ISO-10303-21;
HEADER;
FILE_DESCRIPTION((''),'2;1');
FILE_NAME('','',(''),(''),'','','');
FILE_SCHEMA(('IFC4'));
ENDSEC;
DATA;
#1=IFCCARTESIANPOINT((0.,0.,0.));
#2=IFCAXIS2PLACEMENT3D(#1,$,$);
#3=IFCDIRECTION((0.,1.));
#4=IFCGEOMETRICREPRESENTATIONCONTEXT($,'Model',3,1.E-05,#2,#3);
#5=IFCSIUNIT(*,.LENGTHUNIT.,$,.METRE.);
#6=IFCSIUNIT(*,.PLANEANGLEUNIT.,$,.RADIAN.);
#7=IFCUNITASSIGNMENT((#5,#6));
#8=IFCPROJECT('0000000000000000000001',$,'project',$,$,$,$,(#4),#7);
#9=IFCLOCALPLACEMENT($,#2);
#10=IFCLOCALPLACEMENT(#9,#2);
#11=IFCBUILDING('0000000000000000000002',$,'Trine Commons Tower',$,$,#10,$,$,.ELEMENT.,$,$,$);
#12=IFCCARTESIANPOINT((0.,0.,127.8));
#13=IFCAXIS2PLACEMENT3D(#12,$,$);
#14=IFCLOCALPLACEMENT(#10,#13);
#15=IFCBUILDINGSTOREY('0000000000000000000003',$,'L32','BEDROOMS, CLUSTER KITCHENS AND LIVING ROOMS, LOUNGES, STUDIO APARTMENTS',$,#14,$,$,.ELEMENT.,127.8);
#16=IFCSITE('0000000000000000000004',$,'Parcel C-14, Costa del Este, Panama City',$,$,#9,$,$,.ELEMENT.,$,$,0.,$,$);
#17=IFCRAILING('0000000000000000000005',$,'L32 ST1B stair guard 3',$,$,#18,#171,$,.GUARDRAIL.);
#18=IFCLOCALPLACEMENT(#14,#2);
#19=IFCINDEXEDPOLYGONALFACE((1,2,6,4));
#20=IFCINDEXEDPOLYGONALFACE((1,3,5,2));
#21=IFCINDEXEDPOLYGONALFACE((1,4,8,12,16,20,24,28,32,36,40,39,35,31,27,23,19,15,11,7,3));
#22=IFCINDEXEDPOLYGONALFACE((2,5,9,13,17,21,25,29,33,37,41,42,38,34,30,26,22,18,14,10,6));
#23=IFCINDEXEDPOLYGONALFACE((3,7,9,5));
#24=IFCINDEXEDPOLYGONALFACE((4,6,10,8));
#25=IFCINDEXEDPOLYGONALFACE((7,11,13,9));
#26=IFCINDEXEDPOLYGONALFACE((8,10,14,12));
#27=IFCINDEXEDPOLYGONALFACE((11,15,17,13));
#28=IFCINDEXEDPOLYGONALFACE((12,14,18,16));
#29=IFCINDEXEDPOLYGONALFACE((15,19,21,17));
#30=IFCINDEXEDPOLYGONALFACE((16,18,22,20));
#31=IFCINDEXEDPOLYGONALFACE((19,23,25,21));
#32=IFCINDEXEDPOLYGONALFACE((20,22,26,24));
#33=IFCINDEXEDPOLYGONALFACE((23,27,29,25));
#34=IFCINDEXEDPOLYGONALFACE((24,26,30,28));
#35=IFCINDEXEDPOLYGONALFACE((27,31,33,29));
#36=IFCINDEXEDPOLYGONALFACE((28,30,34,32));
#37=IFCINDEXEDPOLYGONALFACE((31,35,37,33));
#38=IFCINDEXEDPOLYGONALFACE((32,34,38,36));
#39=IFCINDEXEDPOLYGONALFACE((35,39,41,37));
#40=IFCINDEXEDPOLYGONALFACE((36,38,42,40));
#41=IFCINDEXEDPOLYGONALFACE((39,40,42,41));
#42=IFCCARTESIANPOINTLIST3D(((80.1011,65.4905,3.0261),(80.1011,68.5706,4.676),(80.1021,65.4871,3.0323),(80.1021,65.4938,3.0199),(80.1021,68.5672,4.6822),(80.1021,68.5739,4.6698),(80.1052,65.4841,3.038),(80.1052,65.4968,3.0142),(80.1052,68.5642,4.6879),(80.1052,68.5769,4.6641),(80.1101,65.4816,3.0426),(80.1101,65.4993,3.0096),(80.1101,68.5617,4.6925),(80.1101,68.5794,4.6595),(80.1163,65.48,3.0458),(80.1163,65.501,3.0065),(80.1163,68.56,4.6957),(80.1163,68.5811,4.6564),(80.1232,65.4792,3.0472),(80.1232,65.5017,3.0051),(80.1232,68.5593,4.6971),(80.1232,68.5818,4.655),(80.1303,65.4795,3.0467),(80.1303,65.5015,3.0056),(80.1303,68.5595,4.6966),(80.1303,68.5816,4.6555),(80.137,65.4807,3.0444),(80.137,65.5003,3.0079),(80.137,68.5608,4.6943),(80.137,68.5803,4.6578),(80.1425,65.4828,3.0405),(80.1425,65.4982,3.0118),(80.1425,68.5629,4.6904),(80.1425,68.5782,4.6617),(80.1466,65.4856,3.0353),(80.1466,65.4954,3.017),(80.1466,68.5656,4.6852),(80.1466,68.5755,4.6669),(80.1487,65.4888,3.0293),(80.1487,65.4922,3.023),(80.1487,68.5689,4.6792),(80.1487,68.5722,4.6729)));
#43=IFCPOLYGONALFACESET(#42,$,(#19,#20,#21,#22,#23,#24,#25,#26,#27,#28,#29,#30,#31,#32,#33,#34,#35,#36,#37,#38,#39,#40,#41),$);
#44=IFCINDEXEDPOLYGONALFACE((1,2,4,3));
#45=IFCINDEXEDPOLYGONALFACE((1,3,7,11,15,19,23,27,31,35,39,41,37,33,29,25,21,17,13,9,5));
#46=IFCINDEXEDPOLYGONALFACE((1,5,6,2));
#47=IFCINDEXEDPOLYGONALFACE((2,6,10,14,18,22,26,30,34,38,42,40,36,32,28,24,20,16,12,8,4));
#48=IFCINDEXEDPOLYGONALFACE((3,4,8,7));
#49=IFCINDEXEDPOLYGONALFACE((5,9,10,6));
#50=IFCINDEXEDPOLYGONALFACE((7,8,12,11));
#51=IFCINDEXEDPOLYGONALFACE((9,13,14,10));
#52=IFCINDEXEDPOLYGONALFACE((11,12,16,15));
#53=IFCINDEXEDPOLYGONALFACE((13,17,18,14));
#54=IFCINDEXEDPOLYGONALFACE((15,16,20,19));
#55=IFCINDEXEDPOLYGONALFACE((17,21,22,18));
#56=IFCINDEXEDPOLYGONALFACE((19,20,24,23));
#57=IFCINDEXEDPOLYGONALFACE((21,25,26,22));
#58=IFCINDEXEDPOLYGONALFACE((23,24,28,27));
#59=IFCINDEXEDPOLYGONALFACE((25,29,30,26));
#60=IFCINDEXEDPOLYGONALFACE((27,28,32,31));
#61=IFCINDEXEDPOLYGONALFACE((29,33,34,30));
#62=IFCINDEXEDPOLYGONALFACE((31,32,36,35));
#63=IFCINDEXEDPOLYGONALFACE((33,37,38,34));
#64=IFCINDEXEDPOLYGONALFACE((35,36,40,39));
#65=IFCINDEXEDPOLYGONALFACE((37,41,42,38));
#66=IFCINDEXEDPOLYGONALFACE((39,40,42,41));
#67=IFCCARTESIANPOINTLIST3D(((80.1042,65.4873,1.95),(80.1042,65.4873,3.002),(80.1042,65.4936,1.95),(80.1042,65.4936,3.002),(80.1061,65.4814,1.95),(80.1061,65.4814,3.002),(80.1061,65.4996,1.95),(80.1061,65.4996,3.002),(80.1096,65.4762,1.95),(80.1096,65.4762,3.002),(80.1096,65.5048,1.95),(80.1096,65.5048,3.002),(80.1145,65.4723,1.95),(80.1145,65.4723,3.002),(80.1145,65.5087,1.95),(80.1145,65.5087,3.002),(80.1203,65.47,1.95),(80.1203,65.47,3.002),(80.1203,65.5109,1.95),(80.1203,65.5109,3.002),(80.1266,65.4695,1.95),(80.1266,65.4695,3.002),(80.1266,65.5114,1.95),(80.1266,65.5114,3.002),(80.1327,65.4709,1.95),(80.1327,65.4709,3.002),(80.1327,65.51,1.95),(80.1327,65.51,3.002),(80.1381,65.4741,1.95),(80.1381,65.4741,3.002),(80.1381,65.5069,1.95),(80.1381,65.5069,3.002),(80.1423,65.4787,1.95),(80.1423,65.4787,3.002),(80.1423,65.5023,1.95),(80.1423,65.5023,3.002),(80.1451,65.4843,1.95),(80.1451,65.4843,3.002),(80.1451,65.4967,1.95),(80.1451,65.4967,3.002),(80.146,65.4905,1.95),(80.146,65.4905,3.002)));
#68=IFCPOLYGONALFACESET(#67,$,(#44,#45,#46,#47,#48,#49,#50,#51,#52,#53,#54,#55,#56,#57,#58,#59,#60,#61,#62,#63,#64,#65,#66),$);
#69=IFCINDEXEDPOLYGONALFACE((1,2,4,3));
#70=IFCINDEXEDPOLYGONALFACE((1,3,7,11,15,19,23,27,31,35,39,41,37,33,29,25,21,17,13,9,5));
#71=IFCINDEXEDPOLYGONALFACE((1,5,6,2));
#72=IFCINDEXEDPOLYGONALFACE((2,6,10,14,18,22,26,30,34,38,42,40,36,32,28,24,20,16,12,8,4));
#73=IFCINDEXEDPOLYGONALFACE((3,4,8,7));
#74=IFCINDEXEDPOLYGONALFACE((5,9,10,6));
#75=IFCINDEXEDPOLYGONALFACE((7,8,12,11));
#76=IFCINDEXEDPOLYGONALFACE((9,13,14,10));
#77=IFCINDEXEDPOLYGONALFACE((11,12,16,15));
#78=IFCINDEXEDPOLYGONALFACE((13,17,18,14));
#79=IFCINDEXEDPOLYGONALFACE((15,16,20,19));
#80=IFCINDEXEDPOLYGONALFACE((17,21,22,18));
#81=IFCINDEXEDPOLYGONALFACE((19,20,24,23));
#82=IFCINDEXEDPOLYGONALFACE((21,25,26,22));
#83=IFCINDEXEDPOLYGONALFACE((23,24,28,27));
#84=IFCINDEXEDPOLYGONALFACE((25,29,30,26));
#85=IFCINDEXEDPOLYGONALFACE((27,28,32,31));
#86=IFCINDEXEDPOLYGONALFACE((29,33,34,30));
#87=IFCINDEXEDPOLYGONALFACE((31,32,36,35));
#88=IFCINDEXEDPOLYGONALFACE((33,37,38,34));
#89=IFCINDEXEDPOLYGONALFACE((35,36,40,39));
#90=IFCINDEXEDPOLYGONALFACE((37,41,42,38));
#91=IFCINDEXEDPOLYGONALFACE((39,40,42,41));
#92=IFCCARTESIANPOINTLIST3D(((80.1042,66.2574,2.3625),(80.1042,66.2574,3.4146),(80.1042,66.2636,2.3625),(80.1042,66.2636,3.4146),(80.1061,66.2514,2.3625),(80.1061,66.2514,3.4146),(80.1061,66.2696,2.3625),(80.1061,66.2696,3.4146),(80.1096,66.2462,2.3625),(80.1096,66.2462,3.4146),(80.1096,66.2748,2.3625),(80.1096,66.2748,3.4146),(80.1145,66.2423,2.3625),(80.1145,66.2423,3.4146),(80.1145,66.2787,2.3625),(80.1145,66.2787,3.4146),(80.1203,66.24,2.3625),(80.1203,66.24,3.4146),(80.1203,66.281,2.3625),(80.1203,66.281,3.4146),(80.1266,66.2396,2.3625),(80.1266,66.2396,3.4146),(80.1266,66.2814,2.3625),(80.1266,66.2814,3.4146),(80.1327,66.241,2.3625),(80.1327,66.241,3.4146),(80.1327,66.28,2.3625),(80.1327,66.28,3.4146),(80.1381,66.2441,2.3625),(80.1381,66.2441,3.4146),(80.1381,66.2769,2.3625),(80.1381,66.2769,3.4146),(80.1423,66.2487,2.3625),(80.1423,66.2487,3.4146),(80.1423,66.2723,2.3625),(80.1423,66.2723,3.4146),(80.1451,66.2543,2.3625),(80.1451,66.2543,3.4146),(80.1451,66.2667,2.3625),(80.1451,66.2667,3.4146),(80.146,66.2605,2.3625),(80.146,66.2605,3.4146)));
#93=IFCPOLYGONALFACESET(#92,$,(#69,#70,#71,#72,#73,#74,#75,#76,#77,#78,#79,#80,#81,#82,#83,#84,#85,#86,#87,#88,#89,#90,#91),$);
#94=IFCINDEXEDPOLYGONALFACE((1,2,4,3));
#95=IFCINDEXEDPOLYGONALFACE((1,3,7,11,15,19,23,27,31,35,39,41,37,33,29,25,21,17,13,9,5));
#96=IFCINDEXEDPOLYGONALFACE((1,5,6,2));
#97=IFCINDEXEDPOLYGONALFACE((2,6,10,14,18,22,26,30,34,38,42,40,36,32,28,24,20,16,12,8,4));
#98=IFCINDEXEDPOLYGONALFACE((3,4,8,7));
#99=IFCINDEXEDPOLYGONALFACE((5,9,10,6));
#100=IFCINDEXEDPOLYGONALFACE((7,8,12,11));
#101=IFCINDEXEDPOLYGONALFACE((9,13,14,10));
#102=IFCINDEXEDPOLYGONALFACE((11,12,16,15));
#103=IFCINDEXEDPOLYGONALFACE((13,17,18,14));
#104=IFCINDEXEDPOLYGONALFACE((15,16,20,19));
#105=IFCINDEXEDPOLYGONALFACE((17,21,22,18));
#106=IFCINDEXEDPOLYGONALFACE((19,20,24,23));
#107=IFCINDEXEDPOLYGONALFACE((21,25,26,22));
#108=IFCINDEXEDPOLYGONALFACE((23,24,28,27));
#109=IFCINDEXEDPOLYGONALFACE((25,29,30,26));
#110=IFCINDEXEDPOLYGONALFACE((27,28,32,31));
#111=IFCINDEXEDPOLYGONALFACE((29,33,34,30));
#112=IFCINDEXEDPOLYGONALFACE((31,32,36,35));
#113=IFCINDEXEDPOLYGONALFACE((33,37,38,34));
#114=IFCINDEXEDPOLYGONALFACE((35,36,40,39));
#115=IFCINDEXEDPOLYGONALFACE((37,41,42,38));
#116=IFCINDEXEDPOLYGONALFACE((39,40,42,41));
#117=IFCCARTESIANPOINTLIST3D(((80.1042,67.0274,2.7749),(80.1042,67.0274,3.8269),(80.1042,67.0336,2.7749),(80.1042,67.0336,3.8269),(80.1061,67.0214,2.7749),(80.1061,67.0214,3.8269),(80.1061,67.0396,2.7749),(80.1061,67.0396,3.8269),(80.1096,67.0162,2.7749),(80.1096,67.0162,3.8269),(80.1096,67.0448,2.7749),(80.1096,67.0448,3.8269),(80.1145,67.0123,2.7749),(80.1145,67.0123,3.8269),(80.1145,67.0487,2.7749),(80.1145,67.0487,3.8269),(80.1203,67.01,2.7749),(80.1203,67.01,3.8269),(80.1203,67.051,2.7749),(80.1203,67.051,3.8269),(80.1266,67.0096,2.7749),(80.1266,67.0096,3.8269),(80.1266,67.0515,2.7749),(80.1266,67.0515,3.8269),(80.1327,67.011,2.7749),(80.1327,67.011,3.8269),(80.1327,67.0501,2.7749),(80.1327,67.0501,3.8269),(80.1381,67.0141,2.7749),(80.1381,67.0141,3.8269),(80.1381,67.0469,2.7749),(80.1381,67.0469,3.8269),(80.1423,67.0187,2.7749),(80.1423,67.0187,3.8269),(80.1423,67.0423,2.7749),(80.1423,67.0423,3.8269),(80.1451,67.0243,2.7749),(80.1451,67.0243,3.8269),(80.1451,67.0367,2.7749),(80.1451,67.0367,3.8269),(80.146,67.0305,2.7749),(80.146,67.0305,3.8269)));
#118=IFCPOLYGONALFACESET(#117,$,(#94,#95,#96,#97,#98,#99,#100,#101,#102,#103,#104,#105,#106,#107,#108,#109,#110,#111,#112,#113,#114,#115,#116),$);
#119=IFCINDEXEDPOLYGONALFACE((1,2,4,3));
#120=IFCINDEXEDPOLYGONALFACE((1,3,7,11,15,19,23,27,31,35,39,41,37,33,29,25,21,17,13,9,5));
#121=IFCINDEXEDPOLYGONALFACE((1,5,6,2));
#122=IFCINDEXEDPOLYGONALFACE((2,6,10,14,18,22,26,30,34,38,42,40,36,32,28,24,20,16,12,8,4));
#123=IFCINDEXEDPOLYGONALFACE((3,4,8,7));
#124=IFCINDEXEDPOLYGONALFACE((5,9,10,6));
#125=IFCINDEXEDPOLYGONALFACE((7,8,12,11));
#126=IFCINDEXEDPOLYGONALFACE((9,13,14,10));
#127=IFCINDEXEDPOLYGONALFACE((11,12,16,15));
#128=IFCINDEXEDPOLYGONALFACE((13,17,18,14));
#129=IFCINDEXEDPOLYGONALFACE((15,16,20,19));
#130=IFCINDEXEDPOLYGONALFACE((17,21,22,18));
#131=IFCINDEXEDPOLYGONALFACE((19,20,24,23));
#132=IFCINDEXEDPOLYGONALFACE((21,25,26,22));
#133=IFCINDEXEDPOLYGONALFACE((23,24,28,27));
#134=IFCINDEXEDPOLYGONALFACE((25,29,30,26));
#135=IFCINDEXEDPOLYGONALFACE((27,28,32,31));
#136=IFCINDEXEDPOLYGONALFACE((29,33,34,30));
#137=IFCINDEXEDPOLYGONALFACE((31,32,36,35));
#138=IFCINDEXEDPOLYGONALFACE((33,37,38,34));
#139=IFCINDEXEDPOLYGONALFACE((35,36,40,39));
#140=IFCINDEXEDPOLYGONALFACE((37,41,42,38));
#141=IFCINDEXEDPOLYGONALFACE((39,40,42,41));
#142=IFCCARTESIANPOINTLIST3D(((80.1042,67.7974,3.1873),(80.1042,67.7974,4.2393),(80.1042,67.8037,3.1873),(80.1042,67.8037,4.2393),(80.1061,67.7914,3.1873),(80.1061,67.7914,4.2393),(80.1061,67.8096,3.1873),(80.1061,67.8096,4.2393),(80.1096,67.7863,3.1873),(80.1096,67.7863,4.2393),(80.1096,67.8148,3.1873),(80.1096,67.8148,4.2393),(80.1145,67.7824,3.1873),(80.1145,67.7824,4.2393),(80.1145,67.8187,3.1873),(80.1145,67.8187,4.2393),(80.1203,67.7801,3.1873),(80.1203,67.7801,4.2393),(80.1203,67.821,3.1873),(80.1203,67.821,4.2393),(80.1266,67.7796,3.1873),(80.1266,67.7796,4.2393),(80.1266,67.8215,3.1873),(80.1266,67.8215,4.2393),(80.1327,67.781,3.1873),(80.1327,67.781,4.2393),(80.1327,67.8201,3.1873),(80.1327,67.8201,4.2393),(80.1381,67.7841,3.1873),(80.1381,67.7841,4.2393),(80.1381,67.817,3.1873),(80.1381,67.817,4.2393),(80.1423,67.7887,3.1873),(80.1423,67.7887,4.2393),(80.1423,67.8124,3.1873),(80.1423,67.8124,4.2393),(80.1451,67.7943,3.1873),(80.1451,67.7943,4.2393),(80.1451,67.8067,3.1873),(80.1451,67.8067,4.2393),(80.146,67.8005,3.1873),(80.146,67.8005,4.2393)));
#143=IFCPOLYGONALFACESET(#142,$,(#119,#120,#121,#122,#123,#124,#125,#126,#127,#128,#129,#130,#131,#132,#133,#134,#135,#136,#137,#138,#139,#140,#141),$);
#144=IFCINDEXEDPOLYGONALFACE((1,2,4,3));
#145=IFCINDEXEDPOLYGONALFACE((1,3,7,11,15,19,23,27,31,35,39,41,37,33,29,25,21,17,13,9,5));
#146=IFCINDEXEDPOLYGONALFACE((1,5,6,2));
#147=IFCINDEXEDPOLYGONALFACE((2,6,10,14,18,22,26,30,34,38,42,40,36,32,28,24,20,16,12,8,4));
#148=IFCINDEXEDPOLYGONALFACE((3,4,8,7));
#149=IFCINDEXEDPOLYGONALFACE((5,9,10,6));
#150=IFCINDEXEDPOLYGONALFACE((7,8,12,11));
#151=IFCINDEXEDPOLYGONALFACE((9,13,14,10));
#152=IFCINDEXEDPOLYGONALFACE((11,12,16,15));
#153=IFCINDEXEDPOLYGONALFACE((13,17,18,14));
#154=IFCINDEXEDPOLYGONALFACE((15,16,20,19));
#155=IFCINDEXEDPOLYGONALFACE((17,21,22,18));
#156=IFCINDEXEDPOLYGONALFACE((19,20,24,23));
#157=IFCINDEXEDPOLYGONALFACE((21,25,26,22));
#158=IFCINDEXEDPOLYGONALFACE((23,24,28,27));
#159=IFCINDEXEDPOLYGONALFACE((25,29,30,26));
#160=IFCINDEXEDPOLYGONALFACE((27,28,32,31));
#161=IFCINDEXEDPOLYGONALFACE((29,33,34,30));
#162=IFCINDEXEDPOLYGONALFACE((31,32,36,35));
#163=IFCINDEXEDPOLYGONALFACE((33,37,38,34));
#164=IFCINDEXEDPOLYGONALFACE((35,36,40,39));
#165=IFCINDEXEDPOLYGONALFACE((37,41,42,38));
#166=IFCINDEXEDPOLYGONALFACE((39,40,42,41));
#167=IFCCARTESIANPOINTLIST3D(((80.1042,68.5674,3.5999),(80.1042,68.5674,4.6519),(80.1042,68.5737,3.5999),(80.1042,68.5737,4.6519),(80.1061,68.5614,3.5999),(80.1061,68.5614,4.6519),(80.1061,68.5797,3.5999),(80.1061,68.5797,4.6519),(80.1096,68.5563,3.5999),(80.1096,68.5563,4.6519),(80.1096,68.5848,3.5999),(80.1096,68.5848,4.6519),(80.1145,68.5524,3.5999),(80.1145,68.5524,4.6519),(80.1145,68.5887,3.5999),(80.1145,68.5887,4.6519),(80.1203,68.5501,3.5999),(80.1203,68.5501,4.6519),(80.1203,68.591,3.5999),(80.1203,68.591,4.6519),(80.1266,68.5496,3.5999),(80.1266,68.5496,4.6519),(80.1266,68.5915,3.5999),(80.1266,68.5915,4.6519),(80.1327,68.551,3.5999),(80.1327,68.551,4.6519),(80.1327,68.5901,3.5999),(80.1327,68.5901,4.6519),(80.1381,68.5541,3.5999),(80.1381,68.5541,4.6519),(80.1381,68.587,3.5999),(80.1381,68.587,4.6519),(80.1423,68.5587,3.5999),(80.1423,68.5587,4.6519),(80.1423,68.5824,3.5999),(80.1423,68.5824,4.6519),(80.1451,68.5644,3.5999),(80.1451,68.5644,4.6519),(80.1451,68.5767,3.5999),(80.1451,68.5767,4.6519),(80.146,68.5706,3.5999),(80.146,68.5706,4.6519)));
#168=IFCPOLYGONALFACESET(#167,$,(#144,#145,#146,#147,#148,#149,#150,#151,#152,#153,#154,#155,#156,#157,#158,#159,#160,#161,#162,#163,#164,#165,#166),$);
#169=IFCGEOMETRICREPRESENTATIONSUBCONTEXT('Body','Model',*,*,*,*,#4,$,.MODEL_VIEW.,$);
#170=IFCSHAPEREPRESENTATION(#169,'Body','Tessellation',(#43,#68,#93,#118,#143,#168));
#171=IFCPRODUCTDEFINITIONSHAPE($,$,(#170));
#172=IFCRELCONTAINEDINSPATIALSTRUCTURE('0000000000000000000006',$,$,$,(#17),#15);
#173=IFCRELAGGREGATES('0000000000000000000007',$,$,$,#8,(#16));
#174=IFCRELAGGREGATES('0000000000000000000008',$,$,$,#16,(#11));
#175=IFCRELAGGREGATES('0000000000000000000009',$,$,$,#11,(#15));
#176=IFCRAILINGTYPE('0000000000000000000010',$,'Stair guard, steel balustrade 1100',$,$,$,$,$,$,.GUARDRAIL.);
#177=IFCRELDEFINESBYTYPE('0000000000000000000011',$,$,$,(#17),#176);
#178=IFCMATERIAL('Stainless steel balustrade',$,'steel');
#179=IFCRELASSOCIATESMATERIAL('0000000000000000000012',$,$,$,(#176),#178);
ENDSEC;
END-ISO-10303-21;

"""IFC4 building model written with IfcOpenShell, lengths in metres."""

from ifc_helpers import new_model, si_unit, direction, frame, origin, origin_2d, place, context, subcontext, project, spatial, circle, extrude, material, type_object, element, save


model = new_model("IFC4")

# Units and contexts
model_context = context("Model", 3, precision=1e-05, world=origin(), true_north=direction((0.0, 1.0)))
body_context = subcontext(model_context, "Body", "Model", "MODEL_VIEW")
ifc_project = project(units=[si_unit("LENGTHUNIT", "METRE"), si_unit("PLANEANGLEUNIT", "RADIAN")], contexts=[model_context])

# Site, building, storey
site_placement = place(None, origin())
site = spatial("IfcSite", under=ifc_project, at=site_placement, Name="Parcel C-14, Costa del Este, Panama City", CompositionType="ELEMENT", RefElevation=0.0)
building_placement = place(site_placement, origin())
building = spatial("IfcBuilding", under=site, at=building_placement, Name="Trine Commons Tower", CompositionType="ELEMENT")
storey_placement = place(building_placement, frame((0.0, 0.0, 127.8)))
storey = spatial("IfcBuildingStorey", under=building, at=storey_placement, Name="L32", Description="BEDROOMS, CLUSTER KITCHENS AND LIVING ROOMS, LOUNGES, STUDIO APARTMENTS", CompositionType="ELEMENT", Elevation=127.8)

# Railing
ifc_material_1 = material(Name="Stainless steel balustrade", Category="steel")
railing_type_1 = type_object("IfcRailingType", Name="Stair guard, steel balustrade 1100", PredefinedType="GUARDRAIL", material=ifc_material_1)
railing_1_placement = place(storey_placement, frame((80.125, 65.4905, 1.95)))
element("IfcRailing", 1, at=railing_1_placement, inside=storey, type_object=railing_type_1, Name="L32 ST1B stair guard 3", PredefinedType="GUARDRAIL", context=body_context, shape_type="SweptSolid", body=[
    extrude(circle(Radius=0.0239, at=origin_2d()), frame((0.0, 0.0, 1.0762), z_axis=(0.0, 0.881497, 0.47219), x_axis=(-1.0, 0.0, 0.0)), (0.0, 0.0, 1.0), 3.4941),
    extrude(circle(Radius=0.021, at=origin_2d()), origin(), (0.0, 0.0, 1.0), 1.052),
    extrude(circle(Radius=0.021, at=origin_2d()), frame((0.0, 0.77, 0.4126)), (0.0, 0.0, 1.0), 1.052),
    extrude(circle(Radius=0.021, at=origin_2d()), frame((0.0, 1.54, 0.825)), (0.0, 0.0, 1.0), 1.052),
    extrude(circle(Radius=0.021, at=origin_2d()), frame((0.0, 2.3101, 1.2373)), (0.0, 0.0, 1.0), 1.052),
    extrude(circle(Radius=0.021, at=origin_2d()), frame((0.0, 3.0801, 1.6499)), (0.0, 0.0, 1.0), 1.052),
])

save(model, "model.ifc")
